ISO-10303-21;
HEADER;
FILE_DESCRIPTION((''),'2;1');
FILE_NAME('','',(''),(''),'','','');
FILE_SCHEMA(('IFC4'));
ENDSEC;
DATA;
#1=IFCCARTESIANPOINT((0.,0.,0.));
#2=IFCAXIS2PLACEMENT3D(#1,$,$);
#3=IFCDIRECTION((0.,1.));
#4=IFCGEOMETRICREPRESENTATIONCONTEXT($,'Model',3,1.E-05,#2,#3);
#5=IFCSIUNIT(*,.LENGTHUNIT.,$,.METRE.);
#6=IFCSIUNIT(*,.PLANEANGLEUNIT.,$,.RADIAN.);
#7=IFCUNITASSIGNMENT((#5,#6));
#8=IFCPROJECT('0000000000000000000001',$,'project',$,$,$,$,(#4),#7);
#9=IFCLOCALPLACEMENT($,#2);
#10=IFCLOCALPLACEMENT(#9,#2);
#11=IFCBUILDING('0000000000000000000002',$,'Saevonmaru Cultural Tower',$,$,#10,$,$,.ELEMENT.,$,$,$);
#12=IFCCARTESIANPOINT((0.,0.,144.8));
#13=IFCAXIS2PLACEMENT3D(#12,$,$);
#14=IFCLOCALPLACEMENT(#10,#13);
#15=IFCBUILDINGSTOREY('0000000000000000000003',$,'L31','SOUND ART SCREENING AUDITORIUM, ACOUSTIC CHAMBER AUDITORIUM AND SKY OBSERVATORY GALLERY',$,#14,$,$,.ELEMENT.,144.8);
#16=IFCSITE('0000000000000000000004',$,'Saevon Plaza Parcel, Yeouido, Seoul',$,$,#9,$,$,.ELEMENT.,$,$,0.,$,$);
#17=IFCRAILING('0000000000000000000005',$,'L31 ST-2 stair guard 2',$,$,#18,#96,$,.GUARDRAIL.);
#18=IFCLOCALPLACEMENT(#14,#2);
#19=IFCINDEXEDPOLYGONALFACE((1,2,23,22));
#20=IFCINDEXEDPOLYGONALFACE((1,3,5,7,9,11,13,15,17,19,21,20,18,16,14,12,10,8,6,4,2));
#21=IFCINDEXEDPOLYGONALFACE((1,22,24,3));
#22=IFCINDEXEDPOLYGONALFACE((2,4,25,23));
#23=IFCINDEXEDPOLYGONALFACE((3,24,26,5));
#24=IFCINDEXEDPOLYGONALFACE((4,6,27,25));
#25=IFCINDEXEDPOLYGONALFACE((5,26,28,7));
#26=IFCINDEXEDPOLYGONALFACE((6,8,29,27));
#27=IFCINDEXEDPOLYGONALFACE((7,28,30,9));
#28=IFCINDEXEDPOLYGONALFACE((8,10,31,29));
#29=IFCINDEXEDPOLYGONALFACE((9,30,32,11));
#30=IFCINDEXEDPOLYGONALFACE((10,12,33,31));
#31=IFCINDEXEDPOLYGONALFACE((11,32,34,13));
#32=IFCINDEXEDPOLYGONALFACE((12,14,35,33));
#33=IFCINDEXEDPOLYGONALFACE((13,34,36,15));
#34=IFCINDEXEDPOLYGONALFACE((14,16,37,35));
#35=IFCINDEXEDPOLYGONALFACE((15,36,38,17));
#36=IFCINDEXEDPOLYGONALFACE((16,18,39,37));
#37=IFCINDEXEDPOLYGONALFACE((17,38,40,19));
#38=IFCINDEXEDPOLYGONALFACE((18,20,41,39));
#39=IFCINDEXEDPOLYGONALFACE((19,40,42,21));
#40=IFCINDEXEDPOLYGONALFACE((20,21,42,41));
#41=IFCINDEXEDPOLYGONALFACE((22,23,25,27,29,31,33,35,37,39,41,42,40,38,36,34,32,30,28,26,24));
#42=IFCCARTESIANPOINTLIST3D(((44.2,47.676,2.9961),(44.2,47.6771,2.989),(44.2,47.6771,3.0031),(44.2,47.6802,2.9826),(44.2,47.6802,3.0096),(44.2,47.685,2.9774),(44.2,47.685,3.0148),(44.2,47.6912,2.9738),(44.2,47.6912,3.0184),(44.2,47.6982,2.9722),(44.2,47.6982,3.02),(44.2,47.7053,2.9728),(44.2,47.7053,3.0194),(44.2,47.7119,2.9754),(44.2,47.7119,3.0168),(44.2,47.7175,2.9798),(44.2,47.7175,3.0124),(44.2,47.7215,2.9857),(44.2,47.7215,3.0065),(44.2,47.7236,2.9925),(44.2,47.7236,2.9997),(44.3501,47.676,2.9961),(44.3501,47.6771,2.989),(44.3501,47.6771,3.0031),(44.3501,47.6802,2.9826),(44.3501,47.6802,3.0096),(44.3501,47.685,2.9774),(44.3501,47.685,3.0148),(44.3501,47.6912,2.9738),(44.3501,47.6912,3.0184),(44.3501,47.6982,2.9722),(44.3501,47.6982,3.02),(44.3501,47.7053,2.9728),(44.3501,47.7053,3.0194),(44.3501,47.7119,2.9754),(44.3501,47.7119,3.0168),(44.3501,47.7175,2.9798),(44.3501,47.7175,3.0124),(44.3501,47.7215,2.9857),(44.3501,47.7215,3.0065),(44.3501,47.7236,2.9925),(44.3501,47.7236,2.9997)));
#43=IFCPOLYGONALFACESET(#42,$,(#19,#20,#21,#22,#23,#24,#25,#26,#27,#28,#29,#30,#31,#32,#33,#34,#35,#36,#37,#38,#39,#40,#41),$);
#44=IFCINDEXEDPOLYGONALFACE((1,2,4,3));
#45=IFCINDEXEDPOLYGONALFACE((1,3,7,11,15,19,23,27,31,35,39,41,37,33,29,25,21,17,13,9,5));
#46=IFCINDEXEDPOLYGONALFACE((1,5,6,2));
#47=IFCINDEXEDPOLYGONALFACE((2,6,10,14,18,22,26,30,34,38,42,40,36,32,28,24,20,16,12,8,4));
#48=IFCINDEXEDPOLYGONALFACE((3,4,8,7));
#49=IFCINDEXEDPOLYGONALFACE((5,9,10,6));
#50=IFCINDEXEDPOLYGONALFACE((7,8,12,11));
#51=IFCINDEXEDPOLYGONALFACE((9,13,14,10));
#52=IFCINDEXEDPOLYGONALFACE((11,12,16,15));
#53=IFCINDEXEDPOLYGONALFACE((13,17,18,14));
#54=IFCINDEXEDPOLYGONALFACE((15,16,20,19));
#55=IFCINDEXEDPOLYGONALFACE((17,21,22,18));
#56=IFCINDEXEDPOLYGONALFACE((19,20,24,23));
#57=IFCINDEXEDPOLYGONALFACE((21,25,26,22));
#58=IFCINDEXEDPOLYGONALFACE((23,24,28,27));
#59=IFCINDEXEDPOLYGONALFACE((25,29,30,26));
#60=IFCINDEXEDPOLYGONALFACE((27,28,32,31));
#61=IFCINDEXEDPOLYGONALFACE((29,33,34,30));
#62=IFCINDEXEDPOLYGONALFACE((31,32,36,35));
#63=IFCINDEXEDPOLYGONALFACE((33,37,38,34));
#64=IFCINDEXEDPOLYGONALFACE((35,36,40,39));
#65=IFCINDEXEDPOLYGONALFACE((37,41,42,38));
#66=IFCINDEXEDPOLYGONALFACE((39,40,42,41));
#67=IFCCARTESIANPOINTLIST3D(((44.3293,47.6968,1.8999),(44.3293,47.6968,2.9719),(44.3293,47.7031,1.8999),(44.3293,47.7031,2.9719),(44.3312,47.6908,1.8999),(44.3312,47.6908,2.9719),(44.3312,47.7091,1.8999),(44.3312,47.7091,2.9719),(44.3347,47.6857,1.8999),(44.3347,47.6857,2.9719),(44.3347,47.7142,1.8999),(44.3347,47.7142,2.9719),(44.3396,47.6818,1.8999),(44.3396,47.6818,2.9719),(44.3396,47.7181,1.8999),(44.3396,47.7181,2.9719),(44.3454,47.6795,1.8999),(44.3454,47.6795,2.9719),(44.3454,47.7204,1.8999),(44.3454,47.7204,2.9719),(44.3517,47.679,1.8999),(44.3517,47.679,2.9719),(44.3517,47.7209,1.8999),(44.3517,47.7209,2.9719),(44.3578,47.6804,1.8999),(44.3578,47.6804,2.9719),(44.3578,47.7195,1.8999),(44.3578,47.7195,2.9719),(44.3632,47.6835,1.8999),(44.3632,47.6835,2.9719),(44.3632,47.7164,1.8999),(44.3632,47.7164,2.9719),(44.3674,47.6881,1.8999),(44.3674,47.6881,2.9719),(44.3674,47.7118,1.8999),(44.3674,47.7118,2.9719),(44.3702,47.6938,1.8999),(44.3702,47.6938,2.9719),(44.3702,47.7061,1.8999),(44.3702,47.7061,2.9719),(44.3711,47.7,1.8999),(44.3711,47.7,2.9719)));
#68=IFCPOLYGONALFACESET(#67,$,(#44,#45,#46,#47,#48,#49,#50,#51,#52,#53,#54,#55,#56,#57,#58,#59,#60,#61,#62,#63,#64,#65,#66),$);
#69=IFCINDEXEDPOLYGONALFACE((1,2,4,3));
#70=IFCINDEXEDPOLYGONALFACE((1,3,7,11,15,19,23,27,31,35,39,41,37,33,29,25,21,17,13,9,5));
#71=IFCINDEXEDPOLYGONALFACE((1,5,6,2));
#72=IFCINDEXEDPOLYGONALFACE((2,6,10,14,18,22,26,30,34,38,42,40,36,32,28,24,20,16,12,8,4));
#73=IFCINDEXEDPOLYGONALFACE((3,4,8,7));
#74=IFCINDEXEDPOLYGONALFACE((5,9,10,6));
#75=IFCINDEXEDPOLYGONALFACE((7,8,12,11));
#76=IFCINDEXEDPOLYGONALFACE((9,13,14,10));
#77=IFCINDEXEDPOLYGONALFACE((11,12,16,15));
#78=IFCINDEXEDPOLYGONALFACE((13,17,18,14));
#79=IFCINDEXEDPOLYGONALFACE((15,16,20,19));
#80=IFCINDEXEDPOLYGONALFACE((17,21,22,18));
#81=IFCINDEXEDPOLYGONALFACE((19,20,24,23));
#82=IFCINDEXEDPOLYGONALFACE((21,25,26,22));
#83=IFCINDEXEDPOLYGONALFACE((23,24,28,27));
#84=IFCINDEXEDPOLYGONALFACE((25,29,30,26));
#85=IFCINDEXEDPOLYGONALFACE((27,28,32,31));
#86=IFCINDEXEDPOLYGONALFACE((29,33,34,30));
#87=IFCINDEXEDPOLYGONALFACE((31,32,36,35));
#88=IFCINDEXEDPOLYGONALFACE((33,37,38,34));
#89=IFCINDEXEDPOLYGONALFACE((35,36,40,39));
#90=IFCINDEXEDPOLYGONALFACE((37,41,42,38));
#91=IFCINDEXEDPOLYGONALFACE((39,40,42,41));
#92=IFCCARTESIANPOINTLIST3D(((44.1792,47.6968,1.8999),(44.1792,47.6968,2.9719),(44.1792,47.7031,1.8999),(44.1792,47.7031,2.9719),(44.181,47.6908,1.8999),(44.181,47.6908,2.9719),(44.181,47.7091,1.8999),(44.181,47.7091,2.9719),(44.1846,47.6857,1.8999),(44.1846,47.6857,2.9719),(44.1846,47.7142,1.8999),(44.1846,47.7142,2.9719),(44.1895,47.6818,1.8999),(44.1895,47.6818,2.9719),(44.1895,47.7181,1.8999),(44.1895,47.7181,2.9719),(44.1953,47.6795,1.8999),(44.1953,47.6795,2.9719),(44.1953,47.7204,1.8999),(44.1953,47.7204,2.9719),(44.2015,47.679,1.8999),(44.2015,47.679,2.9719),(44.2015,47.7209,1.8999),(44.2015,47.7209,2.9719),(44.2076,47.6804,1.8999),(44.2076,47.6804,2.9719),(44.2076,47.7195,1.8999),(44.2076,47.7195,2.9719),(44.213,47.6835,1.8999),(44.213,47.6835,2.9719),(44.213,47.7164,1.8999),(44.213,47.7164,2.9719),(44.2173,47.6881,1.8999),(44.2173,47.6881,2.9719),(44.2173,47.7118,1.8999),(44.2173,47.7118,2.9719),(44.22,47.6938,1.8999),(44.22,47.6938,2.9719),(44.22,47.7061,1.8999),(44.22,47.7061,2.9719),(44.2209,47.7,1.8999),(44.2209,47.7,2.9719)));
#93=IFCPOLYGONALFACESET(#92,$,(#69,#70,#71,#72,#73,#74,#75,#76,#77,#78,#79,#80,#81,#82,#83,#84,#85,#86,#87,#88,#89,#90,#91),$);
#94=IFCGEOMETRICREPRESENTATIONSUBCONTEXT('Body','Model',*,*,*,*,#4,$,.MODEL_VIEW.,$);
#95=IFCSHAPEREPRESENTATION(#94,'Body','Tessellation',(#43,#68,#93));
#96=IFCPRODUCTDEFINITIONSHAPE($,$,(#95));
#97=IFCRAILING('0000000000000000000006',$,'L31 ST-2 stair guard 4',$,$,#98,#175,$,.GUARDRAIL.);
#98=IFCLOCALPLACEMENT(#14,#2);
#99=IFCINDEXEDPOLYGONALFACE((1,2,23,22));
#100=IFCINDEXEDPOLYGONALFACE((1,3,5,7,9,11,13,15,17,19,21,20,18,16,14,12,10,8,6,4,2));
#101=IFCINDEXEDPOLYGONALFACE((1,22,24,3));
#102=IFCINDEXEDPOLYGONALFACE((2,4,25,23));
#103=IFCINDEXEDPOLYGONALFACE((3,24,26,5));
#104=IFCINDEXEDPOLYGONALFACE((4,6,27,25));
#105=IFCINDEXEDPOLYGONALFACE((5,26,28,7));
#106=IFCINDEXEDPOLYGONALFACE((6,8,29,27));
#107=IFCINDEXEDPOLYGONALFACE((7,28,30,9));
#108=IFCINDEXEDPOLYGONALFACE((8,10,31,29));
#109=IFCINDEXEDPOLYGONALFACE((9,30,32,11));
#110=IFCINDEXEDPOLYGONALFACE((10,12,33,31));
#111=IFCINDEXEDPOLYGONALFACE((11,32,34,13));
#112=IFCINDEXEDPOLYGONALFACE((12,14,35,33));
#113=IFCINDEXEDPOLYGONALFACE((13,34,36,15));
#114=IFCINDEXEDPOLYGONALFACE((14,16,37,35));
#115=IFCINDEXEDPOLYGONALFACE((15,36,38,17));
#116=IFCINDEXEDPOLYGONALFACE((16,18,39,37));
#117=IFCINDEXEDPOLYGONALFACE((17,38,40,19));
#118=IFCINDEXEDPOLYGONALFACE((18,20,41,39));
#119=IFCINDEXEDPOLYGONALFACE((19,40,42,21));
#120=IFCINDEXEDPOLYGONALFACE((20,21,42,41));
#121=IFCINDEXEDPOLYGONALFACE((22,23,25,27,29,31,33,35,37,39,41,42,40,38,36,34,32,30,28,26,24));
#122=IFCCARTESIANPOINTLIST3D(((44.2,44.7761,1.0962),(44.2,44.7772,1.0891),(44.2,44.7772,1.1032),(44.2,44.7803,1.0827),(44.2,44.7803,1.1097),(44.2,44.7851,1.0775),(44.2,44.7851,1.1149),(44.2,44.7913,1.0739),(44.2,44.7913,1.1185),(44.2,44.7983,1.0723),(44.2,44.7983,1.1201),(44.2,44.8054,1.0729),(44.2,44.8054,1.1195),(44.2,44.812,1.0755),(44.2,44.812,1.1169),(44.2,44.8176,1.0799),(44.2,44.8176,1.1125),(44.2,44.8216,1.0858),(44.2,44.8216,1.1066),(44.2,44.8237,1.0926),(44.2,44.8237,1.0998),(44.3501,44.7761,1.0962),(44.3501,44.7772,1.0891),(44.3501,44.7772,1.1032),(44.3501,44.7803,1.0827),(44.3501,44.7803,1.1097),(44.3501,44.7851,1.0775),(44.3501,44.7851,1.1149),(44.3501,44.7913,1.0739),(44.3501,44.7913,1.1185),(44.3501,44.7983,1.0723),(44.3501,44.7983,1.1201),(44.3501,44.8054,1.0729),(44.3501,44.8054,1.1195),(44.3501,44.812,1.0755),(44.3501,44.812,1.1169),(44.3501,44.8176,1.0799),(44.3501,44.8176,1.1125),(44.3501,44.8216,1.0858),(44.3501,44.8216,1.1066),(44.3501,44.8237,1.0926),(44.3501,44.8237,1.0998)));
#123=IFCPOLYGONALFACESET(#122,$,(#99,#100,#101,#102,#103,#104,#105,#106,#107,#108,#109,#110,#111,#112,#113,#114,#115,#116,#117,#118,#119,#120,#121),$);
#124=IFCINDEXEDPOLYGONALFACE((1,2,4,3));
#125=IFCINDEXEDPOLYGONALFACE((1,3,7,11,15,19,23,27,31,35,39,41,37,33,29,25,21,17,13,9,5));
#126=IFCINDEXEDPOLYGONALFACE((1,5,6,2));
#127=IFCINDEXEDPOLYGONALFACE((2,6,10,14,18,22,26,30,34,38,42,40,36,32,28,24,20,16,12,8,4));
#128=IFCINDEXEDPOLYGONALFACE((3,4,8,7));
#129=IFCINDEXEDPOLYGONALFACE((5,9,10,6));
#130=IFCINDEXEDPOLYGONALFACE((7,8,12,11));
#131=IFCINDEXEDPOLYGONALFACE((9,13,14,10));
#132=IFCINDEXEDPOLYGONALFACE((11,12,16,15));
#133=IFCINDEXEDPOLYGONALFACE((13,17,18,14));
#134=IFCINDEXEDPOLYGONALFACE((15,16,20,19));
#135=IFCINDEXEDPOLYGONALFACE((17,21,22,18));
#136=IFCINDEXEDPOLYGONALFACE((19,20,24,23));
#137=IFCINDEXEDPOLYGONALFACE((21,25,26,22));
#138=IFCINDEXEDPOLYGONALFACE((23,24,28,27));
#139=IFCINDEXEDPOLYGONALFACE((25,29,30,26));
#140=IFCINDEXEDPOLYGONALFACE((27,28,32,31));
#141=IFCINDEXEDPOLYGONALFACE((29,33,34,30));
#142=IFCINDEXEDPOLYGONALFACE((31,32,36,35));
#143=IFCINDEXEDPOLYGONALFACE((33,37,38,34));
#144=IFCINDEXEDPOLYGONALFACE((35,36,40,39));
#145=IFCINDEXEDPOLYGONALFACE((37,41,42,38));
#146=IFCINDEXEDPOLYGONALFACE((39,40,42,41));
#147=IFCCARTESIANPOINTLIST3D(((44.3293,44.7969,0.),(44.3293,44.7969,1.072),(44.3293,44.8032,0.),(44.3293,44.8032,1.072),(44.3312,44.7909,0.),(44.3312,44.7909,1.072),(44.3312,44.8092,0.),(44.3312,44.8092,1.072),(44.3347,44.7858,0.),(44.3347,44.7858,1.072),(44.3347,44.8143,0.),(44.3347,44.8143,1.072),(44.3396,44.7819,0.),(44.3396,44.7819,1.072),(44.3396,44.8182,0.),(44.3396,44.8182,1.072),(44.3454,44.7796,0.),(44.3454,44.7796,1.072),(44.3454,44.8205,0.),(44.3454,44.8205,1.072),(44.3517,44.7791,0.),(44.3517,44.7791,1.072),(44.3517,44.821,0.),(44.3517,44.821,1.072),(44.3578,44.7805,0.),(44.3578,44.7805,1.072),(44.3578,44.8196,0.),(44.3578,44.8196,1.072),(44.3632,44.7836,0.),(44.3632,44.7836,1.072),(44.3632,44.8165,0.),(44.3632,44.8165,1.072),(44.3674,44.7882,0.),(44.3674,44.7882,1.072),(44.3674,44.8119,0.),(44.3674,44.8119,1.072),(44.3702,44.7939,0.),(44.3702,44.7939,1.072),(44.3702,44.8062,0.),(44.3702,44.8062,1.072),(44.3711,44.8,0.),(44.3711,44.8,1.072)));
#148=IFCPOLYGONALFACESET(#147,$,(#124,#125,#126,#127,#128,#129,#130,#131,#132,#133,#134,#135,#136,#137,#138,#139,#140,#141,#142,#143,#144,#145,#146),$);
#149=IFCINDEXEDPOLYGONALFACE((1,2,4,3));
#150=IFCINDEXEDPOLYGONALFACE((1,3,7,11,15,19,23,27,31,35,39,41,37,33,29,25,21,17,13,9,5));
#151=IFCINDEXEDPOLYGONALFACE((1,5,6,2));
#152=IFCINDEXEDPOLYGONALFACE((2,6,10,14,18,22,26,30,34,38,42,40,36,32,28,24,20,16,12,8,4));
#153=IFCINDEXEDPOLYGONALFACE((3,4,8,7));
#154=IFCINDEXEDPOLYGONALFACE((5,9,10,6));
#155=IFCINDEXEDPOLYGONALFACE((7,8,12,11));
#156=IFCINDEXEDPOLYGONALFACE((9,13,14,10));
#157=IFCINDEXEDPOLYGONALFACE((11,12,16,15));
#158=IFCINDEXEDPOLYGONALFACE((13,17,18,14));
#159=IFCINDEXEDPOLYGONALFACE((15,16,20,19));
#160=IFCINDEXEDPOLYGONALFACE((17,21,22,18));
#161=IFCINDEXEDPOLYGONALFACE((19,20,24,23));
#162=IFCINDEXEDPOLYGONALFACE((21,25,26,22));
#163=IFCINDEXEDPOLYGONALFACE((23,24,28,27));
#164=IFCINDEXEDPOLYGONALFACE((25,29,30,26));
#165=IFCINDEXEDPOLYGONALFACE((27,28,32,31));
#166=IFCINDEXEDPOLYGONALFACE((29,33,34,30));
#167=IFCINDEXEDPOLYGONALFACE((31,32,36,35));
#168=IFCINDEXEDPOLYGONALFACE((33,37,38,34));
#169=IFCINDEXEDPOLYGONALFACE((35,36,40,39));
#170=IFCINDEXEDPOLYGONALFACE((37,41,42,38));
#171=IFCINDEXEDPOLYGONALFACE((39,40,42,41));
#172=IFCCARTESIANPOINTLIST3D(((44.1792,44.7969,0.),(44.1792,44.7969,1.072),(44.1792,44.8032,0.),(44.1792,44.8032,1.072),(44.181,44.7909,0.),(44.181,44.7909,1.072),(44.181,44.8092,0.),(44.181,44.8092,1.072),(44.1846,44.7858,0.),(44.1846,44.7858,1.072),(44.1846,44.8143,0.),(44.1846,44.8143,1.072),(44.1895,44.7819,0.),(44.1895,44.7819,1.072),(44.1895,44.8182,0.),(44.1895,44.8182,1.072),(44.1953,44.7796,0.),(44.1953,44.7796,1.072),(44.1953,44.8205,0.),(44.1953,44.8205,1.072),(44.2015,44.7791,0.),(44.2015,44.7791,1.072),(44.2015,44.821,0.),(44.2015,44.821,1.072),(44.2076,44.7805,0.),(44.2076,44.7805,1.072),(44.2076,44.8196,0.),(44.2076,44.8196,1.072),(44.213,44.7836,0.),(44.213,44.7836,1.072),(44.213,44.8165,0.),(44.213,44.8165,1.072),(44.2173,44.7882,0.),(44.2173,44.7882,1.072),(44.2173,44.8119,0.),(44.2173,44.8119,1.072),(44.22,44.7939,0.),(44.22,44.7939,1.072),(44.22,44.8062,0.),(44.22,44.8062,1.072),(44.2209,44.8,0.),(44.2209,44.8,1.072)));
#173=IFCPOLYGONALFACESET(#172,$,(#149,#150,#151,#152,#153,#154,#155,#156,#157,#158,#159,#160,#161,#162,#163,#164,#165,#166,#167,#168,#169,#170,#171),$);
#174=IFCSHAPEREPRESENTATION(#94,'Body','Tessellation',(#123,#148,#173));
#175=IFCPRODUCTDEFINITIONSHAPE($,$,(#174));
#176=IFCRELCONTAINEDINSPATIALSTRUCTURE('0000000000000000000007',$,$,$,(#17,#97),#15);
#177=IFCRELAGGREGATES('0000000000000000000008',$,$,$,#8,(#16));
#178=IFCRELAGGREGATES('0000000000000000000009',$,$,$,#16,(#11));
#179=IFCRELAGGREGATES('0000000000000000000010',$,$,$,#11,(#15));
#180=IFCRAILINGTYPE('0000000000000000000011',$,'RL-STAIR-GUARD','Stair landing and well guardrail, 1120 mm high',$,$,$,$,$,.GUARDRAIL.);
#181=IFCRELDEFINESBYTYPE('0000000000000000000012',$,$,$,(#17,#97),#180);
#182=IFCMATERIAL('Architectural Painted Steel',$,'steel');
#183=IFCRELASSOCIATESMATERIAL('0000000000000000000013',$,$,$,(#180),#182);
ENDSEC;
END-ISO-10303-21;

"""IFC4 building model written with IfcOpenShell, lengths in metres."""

from ifc_helpers import new_model, si_unit, direction, frame, origin, origin_2d, place, context, subcontext, project, spatial, circle, extrude, material, type_object, element, save


model = new_model("IFC4")

# Units and contexts
model_context = context("Model", 3, precision=1e-05, world=origin(), true_north=direction((0.0, 1.0)))
body_context = subcontext(model_context, "Body", "Model", "MODEL_VIEW")
ifc_project = project(units=[si_unit("LENGTHUNIT", "METRE"), si_unit("PLANEANGLEUNIT", "RADIAN")], contexts=[model_context])

# Site, building, storey
site_placement = place(None, origin())
site = spatial("IfcSite", under=ifc_project, at=site_placement, Name="Saevon Plaza Parcel, Yeouido, Seoul", CompositionType="ELEMENT", RefElevation=0.0)
building_placement = place(site_placement, origin())
building = spatial("IfcBuilding", under=site, at=building_placement, Name="Saevonmaru Cultural Tower", CompositionType="ELEMENT")
storey_placement = place(building_placement, frame((0.0, 0.0, 144.8)))
storey = spatial("IfcBuildingStorey", under=building, at=storey_placement, Name="L31", Description="SOUND ART SCREENING AUDITORIUM, ACOUSTIC CHAMBER AUDITORIUM AND SKY OBSERVATORY GALLERY", CompositionType="ELEMENT", Elevation=144.8)

# Railings
ifc_material_1 = material(Name="Architectural Painted Steel", Category="steel")
railing_type_1 = type_object("IfcRailingType", Name="RL-STAIR-GUARD", Description="Stair landing and well guardrail, 1120 mm high", PredefinedType="GUARDRAIL", material=ifc_material_1)
for number, where, name in (
    (1, (44.3501, 47.7, 1.8999), "L31 ST-2 stair guard 2"),
    (2, (44.3501, 44.8, 0.0), "L31 ST-2 stair guard 4"),
):
    element("IfcRailing", number, at=place(storey_placement, frame(where)), inside=storey, type_object=railing_type_1, Name=name, PredefinedType="GUARDRAIL", context=body_context, shape_type="SweptSolid", body=[
        extrude(circle(Radius=0.0239, at=origin_2d()), frame((0.0, 0.0, 1.0962), z_axis=(-1.0, 0.0, 0.0), x_axis=(0.0, -1.0, 0.0)), (0.0, 0.0, 1.0), 0.1501),
        extrude(circle(Radius=0.021, at=origin_2d()), origin(), (0.0, 0.0, 1.0), 1.072),
        extrude(circle(Radius=0.021, at=origin_2d()), frame((-0.1501, 0.0, 0.0)), (0.0, 0.0, 1.0), 1.072),
    ])

save(model, "model.ifc")
